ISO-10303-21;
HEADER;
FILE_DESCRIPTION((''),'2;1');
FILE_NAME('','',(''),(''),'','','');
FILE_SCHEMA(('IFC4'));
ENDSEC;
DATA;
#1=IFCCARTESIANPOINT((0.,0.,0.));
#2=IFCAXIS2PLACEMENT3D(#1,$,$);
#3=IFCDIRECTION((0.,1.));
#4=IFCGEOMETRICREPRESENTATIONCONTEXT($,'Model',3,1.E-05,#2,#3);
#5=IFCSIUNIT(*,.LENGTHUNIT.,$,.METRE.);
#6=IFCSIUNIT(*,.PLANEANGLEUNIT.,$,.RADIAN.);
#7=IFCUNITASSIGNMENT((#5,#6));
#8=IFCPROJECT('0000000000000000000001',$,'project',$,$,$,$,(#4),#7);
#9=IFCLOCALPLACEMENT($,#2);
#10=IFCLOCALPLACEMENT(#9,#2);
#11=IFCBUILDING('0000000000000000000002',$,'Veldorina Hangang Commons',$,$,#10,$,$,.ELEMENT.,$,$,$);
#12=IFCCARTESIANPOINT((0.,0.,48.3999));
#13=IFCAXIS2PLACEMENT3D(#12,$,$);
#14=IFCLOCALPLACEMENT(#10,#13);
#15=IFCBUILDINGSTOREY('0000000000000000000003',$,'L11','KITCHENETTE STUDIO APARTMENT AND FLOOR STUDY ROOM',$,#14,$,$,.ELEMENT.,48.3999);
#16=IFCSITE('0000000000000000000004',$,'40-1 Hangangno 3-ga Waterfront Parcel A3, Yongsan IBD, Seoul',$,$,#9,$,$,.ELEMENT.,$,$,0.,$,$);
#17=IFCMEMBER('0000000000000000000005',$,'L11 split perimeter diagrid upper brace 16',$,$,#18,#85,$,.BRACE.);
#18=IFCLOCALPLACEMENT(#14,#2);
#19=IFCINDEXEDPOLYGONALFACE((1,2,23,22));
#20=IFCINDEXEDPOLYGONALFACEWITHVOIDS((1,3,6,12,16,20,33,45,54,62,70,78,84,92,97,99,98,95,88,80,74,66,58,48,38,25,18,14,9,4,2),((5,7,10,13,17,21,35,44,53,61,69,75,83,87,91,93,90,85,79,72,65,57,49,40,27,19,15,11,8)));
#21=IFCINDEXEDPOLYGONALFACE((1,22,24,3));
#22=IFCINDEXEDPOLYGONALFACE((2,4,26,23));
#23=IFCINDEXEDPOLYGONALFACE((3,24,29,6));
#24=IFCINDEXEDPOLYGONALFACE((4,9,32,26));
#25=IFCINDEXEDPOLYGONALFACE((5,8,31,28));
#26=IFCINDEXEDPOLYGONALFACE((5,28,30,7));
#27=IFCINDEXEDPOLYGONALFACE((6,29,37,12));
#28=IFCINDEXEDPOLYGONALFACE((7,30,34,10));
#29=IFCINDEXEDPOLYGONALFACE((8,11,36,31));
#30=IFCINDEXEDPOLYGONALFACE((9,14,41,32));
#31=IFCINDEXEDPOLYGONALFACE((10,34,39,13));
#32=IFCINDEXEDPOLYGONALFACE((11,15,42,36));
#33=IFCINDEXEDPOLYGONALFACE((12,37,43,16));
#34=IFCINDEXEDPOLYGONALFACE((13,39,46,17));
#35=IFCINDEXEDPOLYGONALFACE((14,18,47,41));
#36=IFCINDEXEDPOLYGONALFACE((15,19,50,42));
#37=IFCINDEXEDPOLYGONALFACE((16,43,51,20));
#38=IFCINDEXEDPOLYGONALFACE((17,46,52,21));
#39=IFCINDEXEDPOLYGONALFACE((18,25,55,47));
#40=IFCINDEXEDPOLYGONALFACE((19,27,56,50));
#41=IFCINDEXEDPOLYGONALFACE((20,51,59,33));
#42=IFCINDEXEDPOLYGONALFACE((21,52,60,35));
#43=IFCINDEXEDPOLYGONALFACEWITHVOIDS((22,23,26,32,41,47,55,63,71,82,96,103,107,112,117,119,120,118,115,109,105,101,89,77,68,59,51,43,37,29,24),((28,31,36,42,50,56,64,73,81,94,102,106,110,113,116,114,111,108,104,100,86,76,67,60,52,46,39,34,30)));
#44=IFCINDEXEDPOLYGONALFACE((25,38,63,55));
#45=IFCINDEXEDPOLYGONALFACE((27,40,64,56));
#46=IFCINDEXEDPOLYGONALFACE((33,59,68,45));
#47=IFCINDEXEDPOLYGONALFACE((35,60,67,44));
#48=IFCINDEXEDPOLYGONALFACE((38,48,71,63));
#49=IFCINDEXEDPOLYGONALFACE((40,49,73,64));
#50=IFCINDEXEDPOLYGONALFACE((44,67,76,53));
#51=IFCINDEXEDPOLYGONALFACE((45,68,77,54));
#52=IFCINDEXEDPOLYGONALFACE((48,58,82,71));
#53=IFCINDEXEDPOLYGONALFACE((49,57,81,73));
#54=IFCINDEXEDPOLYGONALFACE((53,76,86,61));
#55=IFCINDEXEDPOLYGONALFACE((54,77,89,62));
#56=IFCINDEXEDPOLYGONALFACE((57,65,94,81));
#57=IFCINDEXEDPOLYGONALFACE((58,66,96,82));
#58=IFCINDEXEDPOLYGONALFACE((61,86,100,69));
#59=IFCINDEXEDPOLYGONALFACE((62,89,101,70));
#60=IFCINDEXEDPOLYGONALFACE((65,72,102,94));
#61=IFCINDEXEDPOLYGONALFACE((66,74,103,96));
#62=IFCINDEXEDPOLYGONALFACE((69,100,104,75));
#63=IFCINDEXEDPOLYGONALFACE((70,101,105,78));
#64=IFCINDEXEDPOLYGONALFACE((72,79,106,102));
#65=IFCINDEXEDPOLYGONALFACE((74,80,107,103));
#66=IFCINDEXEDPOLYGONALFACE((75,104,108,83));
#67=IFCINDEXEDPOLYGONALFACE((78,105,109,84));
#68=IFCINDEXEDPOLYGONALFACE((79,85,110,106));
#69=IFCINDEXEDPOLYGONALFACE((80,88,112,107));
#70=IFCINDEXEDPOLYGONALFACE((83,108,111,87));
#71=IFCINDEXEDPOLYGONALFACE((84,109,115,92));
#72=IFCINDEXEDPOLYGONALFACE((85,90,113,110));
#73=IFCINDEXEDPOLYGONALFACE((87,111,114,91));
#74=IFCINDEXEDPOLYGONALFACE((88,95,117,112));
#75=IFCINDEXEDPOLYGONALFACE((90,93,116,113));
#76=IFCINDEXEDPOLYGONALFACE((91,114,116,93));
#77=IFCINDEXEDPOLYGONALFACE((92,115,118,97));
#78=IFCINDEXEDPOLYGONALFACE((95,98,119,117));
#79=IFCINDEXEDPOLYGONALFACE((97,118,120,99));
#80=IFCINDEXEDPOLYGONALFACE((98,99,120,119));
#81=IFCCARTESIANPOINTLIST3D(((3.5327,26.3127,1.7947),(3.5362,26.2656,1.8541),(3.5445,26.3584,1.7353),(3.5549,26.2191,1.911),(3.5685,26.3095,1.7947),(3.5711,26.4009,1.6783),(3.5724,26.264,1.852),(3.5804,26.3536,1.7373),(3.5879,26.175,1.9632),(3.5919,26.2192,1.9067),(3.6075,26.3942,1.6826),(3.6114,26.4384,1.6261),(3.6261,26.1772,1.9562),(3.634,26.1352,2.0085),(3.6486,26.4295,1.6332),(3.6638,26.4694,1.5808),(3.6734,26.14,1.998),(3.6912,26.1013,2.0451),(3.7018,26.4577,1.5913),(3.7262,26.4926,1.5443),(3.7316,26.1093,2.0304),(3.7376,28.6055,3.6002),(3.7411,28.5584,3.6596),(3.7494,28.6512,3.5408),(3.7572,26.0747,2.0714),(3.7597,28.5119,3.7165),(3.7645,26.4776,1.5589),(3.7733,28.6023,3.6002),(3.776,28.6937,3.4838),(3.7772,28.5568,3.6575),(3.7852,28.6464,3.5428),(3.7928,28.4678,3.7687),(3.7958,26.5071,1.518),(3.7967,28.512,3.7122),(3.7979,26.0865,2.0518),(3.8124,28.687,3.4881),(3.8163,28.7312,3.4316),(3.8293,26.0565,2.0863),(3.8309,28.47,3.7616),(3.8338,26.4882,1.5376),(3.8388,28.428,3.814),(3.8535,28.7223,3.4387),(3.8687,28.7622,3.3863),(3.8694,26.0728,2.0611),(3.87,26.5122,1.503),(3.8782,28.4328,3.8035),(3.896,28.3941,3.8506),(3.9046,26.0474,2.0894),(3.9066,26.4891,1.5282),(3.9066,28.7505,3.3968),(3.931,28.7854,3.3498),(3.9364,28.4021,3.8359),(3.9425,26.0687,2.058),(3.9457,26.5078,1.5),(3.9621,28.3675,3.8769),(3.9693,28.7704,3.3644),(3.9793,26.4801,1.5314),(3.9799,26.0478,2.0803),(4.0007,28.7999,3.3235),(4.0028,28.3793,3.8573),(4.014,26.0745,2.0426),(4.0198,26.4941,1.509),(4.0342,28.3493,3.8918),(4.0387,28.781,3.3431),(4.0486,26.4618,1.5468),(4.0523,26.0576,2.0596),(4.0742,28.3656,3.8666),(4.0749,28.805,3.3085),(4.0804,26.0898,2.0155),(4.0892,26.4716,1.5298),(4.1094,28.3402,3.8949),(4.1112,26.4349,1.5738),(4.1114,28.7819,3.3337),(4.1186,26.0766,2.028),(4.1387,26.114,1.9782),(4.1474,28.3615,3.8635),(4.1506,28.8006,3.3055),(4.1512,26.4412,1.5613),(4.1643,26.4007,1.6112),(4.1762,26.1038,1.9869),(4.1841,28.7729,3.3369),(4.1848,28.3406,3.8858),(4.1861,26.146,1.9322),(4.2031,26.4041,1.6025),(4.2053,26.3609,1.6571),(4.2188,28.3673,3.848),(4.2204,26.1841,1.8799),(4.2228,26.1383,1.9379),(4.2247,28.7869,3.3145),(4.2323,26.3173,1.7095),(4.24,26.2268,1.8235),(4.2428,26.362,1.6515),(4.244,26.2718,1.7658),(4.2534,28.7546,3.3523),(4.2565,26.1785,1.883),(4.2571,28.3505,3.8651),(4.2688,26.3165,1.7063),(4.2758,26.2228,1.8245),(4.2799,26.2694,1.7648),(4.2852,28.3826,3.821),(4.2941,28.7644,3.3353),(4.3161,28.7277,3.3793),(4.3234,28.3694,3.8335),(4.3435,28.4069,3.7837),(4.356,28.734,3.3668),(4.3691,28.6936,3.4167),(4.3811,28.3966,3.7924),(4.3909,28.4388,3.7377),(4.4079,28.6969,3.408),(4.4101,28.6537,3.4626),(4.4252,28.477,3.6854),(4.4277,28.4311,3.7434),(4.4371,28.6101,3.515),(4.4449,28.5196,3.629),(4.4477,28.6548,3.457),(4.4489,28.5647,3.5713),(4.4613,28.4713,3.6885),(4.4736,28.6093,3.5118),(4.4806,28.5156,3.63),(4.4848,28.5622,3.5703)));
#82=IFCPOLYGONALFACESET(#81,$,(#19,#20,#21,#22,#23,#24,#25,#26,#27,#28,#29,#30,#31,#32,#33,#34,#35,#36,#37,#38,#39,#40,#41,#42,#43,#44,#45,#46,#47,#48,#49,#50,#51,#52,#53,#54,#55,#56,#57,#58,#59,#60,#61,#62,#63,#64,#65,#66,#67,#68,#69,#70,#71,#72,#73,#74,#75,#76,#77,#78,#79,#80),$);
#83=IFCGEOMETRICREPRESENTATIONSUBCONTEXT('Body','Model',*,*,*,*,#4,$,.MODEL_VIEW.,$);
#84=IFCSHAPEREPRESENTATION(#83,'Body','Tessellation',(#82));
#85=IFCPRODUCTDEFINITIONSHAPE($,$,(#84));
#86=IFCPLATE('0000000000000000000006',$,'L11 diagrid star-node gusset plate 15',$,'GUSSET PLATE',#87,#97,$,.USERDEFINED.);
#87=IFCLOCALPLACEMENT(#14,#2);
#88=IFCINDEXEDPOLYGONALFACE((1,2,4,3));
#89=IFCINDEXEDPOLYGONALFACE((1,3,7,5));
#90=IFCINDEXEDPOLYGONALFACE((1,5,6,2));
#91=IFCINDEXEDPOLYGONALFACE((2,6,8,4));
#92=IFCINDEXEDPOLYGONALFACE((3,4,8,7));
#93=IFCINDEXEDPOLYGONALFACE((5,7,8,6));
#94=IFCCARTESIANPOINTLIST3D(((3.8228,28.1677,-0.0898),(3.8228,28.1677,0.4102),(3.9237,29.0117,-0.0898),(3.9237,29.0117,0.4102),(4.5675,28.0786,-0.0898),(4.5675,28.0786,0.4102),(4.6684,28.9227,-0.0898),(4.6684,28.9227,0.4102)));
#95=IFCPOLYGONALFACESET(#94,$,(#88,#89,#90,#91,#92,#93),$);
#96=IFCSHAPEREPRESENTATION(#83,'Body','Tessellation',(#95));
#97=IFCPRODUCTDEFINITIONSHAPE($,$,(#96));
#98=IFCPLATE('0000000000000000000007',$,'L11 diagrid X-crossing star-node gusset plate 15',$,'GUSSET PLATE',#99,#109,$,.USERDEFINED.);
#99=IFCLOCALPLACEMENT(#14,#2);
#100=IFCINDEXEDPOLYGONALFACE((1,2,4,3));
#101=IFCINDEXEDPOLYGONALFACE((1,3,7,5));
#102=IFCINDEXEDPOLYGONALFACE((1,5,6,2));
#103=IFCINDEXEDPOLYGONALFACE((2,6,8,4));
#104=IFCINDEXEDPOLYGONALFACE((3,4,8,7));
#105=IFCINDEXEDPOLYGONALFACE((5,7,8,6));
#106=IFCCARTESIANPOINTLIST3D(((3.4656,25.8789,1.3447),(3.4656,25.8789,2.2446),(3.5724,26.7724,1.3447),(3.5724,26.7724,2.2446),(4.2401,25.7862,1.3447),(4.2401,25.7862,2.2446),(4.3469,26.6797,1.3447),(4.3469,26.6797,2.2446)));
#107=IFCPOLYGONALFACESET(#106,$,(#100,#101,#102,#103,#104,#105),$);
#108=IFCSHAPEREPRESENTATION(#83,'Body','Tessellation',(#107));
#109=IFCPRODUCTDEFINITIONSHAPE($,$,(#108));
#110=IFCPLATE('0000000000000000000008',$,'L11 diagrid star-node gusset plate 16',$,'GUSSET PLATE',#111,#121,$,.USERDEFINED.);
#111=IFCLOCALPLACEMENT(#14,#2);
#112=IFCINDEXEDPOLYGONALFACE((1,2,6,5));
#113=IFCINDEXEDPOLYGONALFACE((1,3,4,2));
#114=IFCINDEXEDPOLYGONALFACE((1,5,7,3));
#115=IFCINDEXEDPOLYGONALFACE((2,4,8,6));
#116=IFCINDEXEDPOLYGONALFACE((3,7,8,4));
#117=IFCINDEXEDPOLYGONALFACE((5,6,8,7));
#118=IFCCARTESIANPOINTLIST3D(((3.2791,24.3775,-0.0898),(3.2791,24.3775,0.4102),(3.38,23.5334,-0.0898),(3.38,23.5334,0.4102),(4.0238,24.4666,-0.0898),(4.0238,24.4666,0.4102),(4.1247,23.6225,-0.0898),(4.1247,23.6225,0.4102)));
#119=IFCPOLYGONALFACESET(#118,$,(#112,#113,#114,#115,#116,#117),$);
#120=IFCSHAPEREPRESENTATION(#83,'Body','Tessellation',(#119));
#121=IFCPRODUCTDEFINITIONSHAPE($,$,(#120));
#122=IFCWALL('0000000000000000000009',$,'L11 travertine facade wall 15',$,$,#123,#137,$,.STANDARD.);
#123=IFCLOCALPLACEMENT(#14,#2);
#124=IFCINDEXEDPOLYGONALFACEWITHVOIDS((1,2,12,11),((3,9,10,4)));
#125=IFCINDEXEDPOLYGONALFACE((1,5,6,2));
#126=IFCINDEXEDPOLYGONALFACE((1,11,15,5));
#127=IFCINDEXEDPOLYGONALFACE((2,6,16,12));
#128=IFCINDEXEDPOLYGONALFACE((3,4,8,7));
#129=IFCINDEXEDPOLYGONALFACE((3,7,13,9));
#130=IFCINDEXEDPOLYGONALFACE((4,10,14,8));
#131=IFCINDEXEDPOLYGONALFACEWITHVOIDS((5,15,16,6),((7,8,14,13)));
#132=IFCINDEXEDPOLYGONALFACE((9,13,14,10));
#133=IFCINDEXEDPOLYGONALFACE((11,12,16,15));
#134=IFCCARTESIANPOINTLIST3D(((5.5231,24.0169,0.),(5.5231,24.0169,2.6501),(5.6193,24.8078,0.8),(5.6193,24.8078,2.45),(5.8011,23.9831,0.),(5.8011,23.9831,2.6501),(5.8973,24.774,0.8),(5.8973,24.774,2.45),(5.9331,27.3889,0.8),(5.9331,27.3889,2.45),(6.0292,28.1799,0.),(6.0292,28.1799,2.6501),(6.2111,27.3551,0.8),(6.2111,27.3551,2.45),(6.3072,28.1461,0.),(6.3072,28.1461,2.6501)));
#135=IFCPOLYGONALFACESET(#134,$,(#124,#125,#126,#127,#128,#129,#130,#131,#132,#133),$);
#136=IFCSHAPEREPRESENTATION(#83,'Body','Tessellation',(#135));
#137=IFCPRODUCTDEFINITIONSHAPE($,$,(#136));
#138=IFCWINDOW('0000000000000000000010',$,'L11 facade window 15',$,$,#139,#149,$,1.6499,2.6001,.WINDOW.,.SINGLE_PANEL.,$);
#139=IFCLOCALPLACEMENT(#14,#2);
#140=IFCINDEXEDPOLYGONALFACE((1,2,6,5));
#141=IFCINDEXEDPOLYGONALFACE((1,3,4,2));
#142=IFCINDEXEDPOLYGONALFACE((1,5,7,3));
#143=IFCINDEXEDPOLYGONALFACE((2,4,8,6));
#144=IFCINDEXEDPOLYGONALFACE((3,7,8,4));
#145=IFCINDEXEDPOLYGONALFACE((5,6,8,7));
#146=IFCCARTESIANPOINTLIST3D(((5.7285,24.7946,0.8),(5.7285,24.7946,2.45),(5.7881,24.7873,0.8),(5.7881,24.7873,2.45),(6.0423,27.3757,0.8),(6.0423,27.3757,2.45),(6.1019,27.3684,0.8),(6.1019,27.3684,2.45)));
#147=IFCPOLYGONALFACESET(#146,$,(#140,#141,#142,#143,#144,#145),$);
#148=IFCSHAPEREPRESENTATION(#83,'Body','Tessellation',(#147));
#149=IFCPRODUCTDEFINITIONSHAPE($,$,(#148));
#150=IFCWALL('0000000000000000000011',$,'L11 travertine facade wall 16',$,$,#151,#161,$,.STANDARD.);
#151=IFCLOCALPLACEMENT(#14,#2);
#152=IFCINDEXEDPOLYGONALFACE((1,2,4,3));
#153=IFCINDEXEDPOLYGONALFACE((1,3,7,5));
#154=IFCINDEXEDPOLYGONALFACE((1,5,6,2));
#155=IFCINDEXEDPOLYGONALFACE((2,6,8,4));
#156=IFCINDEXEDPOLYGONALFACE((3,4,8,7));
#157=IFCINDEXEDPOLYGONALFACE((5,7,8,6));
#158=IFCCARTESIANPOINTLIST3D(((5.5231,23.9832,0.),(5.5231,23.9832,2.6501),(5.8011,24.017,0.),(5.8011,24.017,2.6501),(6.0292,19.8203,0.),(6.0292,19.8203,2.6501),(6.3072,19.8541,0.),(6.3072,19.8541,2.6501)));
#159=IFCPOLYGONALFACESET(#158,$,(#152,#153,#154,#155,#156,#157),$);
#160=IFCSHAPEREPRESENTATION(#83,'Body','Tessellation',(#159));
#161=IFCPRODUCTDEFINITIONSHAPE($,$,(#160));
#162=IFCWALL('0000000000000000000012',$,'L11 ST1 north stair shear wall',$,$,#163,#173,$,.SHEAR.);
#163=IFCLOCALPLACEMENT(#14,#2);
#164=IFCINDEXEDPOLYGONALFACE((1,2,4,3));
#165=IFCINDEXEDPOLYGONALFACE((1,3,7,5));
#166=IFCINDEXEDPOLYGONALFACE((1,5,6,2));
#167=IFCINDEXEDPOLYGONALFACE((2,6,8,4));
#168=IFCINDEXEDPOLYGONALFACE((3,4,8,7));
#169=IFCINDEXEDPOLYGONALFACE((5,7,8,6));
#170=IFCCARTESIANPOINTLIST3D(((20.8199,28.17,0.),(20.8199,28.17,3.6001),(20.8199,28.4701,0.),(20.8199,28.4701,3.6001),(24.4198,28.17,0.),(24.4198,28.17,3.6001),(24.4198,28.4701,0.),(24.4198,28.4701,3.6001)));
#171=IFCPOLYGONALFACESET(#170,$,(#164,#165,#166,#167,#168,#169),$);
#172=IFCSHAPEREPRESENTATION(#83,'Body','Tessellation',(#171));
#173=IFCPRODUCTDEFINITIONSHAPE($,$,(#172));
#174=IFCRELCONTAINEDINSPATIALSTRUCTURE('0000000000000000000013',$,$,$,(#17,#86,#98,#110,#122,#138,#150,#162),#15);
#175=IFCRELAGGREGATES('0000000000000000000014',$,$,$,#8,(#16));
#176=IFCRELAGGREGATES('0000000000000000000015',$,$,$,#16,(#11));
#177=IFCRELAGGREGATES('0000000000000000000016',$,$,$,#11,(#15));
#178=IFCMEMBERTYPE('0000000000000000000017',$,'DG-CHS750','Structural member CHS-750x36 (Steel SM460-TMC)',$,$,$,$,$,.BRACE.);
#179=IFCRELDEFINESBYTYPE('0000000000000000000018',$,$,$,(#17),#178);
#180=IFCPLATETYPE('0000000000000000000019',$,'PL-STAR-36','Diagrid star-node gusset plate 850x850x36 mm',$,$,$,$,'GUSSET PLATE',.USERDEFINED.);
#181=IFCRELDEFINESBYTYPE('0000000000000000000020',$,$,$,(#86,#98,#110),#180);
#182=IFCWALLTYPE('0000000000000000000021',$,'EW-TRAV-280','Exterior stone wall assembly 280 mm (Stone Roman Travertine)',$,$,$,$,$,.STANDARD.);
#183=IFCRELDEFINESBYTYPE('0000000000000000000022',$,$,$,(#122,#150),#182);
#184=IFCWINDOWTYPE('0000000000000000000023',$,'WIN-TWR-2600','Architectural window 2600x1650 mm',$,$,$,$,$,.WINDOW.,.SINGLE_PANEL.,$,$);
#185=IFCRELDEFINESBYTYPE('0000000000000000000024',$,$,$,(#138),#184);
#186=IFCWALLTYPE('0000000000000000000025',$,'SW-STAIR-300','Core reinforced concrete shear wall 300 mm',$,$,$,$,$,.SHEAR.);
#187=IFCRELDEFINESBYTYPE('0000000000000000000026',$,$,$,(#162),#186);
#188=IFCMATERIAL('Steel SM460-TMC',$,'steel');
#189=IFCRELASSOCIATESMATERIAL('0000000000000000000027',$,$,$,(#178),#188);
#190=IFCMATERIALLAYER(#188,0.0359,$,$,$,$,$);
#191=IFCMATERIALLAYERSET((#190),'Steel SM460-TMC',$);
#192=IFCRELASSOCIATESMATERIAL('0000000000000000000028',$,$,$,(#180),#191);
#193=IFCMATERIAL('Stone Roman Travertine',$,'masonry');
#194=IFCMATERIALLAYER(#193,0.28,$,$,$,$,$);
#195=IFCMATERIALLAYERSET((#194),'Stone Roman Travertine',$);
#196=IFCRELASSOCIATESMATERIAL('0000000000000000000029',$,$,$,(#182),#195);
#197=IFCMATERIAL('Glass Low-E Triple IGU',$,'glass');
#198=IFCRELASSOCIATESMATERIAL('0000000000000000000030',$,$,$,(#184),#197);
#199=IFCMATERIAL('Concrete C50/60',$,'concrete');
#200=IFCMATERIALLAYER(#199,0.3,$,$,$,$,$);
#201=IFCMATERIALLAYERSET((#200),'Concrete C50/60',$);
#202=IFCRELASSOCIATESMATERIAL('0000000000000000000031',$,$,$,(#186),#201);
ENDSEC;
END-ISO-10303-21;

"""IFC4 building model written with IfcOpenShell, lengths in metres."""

from ifc_helpers import new_model, si_unit, direction, frame, frame_2d, origin, origin_2d, place, context, subcontext, project, spatial, rectangle, hollow_circle, extrude, material, layer, layer_set, material_profile, profile_set, type_object, element, fill, save


model = new_model("IFC4")

# Units and contexts
model_context = context("Model", 3, precision=1e-05, world=origin(), true_north=direction((0.0, 1.0)))
body_context = subcontext(model_context, "Body", "Model", "MODEL_VIEW")
ifc_project = project(units=[si_unit("LENGTHUNIT", "METRE"), si_unit("PLANEANGLEUNIT", "RADIAN")], contexts=[model_context])

# Site, building, storey
site_placement = place(None, origin())
site = spatial("IfcSite", under=ifc_project, at=site_placement, Name="40-1 Hangangno 3-ga Waterfront Parcel A3, Yongsan IBD, Seoul", CompositionType="ELEMENT", RefElevation=0.0)
building_placement = place(site_placement, origin())
building = spatial("IfcBuilding", under=site, at=building_placement, Name="Veldorina Hangang Commons", CompositionType="ELEMENT")
storey_placement = place(building_placement, frame((0.0, 0.0, 48.3999)))
storey = spatial("IfcBuildingStorey", under=building, at=storey_placement, Name="L11", Description="KITCHENETTE STUDIO APARTMENT AND FLOOR STUDY ROOM", CompositionType="ELEMENT", Elevation=48.3999)

# Shared definitions
ifc_material_1 = material(Name="Steel SM460-TMC", Category="steel")

# Member
ifc_material_profile_1 = material_profile(ifc_material_1, hollow_circle(Radius=0.375, WallThickness=0.0359, at=origin_2d()), Name="CHS-750x36")
ifc_profile_set_1 = profile_set([ifc_material_profile_1], Name="Steel SM460-TMC")
member_type = type_object("IfcMemberType", Name="DG-CHS750", Description="Structural member CHS-750x36 (Steel SM460-TMC)", PredefinedType="BRACE", material=ifc_profile_set_1)
member_1_placement = place(storey_placement, frame((3.9062, 26.2793, 1.7947), z_axis=(0.070019, 0.783725, 0.617149), x_axis=(-0.996033, 0.088986, 0.0)))
element("IfcMember", 1, at=member_1_placement, inside=storey, type_object=member_type, Name="L11 split perimeter diagrid upper brace 16", PredefinedType="BRACE", context=body_context, shape_type="SweptSolid", body=[
    extrude(hollow_circle(Radius=0.375, WallThickness=0.0359, at=origin_2d()), origin(), (0.0, 0.0, 1.0), 2.9255),
])

# Plates
ifc_layer_1 = layer(ifc_material_1, 0.0359)
ifc_layer_set_1 = layer_set([ifc_layer_1], Name="Steel SM460-TMC")
plate_type = type_object("IfcPlateType", Name="PL-STAR-36", Description="Diagrid star-node gusset plate 850x850x36 mm", ElementType="GUSSET PLATE", PredefinedType="USERDEFINED", material=ifc_layer_set_1)
plate_1_placement = place(storey_placement, frame((4.2456, 28.5452, -0.0898), z_axis=(0.0, 0.0, 1.0), x_axis=(-0.118768, -0.992922, 0.0)))
element("IfcPlate", 2, at=plate_1_placement, inside=storey, type_object=plate_type, Name="L11 diagrid star-node gusset plate 15", ObjectType="GUSSET PLATE", PredefinedType="USERDEFINED", context=body_context, shape_type="SweptSolid", body=[
    extrude(rectangle(XDim=0.8501, YDim=0.75, at=origin_2d()), origin(), (0.0, 0.0, 1.0), 0.5),
])
plate_2_placement = place(storey_placement, frame((3.9062, 26.2793, 1.3447), z_axis=(0.0, 0.0, 1.0), x_axis=(-0.118768, -0.992922, 0.0)))
element("IfcPlate", 3, at=plate_2_placement, inside=storey, type_object=plate_type, Name="L11 diagrid X-crossing star-node gusset plate 15", ObjectType="GUSSET PLATE", PredefinedType="USERDEFINED", context=body_context, shape_type="SweptSolid", body=[
    extrude(rectangle(XDim=0.8999, YDim=0.78, at=origin_2d()), origin(), (0.0, 0.0, 1.0), 0.8999),
])
plate_3_placement = place(storey_placement, frame((3.7019, 24.0, -0.0898), z_axis=(0.0, 0.0, 1.0), x_axis=(0.118768, -0.992922, 0.0)))
element("IfcPlate", 4, at=plate_3_placement, inside=storey, type_object=plate_type, Name="L11 diagrid star-node gusset plate 16", ObjectType="GUSSET PLATE", PredefinedType="USERDEFINED", context=body_context, shape_type="SweptSolid", body=[
    extrude(rectangle(XDim=0.8501, YDim=0.75, at=origin_2d()), origin(), (0.0, 0.0, 1.0), 0.5),
])

# Wall, opening, window
ifc_material_2 = material(Name="Stone Roman Travertine", Category="masonry")
ifc_layer_2 = layer(ifc_material_2, 0.28)
ifc_layer_set_2 = layer_set([ifc_layer_2], Name="Stone Roman Travertine")
wall_type_1 = type_object("IfcWallType", Name="EW-TRAV-280", Description="Exterior stone wall assembly 280 mm (Stone Roman Travertine)", PredefinedType="STANDARD", material=ifc_layer_set_2)
wall_1_placement = place(storey_placement, frame((6.1682, 28.1628, 0.0), z_axis=(0.0, 0.0, 1.0), x_axis=(-0.120688, -0.992691, 0.0)))
wall_1 = element("IfcWall", 5, at=wall_1_placement, inside=storey, type_object=wall_type_1, Name="L11 travertine facade wall 15", PredefinedType="STANDARD", context=body_context, shape_type="SweptSolid", body=[
    extrude(rectangle(XDim=4.1936, YDim=0.28, at=frame_2d((2.0967, 0.0))), origin(), (0.0, 0.0, 1.0), 2.6501),
])
opening_1_placement = place(wall_1_placement, frame((0.7966, 0.0, 0.8)))
opening_1 = element("IfcOpeningElement", 6, at=opening_1_placement, cuts=wall_1, PredefinedType="OPENING", context=body_context, shape_type="SweptSolid", body=[
    extrude(rectangle(XDim=2.6001, YDim=1.6499, at=frame_2d((1.3, 0.825))), frame((0.0, 0.1499, 0.0), z_axis=(0.0, -1.0, 0.0), x_axis=(1.0, 0.0, 0.0)), (0.0, 0.0, 1.0), 0.3),
])
ifc_material_3 = material(Name="Glass Low-E Triple IGU", Category="glass")
window_type = type_object("IfcWindowType", Name="WIN-TWR-2600", Description="Architectural window 2600x1650 mm", PartitioningType="SINGLE_PANEL", PredefinedType="WINDOW", material=ifc_material_3)
window_placement = place(opening_1_placement, origin())
window = element("IfcWindow", 7, at=window_placement, inside=storey, type_object=window_type, Name="L11 facade window 15", OverallHeight=1.6499, OverallWidth=2.6001, PartitioningType="SINGLE_PANEL", PredefinedType="WINDOW", context=body_context, shape_type="SweptSolid", body=[
    extrude(rectangle(XDim=2.6001, YDim=1.6499, at=frame_2d((1.3, 0.825))), frame((0.0, 0.03, 0.0), z_axis=(0.0, -1.0, 0.0), x_axis=(1.0, 0.0, 0.0)), (0.0, 0.0, 1.0), 0.0601),
])
fill(opening_1, window)

# Walls
wall_2_placement = place(storey_placement, frame((5.6621, 24.0, 0.0), z_axis=(0.0, 0.0, 1.0), x_axis=(0.120688, -0.992691, 0.0)))
element("IfcWall", 8, at=wall_2_placement, inside=storey, type_object=wall_type_1, Name="L11 travertine facade wall 16", PredefinedType="STANDARD", context=body_context, shape_type="SweptSolid", body=[
    extrude(rectangle(XDim=4.1936, YDim=0.28, at=frame_2d((2.0967, 0.0))), origin(), (0.0, 0.0, 1.0), 2.6501),
])
ifc_material_4 = material(Name="Concrete C50/60", Category="concrete")
ifc_layer_3 = layer(ifc_material_4, 0.3)
ifc_layer_set_3 = layer_set([ifc_layer_3], Name="Concrete C50/60")
wall_type_2 = type_object("IfcWallType", Name="SW-STAIR-300", Description="Core reinforced concrete shear wall 300 mm", PredefinedType="SHEAR", material=ifc_layer_set_3)
wall_3_placement = place(storey_placement, frame((20.8201, 28.3201, 0.0), z_axis=(0.0, 0.0, 1.0), x_axis=(1.0, 0.0, 0.0)))
element("IfcWall", 9, at=wall_3_placement, inside=storey, type_object=wall_type_2, Name="L11 ST1 north stair shear wall", PredefinedType="SHEAR", context=body_context, shape_type="SweptSolid", body=[
    extrude(rectangle(XDim=3.5999, YDim=0.3, at=frame_2d((1.7998, 0.0))), origin(), (0.0, 0.0, 1.0), 3.6001),
])

save(model, "model.ifc")
